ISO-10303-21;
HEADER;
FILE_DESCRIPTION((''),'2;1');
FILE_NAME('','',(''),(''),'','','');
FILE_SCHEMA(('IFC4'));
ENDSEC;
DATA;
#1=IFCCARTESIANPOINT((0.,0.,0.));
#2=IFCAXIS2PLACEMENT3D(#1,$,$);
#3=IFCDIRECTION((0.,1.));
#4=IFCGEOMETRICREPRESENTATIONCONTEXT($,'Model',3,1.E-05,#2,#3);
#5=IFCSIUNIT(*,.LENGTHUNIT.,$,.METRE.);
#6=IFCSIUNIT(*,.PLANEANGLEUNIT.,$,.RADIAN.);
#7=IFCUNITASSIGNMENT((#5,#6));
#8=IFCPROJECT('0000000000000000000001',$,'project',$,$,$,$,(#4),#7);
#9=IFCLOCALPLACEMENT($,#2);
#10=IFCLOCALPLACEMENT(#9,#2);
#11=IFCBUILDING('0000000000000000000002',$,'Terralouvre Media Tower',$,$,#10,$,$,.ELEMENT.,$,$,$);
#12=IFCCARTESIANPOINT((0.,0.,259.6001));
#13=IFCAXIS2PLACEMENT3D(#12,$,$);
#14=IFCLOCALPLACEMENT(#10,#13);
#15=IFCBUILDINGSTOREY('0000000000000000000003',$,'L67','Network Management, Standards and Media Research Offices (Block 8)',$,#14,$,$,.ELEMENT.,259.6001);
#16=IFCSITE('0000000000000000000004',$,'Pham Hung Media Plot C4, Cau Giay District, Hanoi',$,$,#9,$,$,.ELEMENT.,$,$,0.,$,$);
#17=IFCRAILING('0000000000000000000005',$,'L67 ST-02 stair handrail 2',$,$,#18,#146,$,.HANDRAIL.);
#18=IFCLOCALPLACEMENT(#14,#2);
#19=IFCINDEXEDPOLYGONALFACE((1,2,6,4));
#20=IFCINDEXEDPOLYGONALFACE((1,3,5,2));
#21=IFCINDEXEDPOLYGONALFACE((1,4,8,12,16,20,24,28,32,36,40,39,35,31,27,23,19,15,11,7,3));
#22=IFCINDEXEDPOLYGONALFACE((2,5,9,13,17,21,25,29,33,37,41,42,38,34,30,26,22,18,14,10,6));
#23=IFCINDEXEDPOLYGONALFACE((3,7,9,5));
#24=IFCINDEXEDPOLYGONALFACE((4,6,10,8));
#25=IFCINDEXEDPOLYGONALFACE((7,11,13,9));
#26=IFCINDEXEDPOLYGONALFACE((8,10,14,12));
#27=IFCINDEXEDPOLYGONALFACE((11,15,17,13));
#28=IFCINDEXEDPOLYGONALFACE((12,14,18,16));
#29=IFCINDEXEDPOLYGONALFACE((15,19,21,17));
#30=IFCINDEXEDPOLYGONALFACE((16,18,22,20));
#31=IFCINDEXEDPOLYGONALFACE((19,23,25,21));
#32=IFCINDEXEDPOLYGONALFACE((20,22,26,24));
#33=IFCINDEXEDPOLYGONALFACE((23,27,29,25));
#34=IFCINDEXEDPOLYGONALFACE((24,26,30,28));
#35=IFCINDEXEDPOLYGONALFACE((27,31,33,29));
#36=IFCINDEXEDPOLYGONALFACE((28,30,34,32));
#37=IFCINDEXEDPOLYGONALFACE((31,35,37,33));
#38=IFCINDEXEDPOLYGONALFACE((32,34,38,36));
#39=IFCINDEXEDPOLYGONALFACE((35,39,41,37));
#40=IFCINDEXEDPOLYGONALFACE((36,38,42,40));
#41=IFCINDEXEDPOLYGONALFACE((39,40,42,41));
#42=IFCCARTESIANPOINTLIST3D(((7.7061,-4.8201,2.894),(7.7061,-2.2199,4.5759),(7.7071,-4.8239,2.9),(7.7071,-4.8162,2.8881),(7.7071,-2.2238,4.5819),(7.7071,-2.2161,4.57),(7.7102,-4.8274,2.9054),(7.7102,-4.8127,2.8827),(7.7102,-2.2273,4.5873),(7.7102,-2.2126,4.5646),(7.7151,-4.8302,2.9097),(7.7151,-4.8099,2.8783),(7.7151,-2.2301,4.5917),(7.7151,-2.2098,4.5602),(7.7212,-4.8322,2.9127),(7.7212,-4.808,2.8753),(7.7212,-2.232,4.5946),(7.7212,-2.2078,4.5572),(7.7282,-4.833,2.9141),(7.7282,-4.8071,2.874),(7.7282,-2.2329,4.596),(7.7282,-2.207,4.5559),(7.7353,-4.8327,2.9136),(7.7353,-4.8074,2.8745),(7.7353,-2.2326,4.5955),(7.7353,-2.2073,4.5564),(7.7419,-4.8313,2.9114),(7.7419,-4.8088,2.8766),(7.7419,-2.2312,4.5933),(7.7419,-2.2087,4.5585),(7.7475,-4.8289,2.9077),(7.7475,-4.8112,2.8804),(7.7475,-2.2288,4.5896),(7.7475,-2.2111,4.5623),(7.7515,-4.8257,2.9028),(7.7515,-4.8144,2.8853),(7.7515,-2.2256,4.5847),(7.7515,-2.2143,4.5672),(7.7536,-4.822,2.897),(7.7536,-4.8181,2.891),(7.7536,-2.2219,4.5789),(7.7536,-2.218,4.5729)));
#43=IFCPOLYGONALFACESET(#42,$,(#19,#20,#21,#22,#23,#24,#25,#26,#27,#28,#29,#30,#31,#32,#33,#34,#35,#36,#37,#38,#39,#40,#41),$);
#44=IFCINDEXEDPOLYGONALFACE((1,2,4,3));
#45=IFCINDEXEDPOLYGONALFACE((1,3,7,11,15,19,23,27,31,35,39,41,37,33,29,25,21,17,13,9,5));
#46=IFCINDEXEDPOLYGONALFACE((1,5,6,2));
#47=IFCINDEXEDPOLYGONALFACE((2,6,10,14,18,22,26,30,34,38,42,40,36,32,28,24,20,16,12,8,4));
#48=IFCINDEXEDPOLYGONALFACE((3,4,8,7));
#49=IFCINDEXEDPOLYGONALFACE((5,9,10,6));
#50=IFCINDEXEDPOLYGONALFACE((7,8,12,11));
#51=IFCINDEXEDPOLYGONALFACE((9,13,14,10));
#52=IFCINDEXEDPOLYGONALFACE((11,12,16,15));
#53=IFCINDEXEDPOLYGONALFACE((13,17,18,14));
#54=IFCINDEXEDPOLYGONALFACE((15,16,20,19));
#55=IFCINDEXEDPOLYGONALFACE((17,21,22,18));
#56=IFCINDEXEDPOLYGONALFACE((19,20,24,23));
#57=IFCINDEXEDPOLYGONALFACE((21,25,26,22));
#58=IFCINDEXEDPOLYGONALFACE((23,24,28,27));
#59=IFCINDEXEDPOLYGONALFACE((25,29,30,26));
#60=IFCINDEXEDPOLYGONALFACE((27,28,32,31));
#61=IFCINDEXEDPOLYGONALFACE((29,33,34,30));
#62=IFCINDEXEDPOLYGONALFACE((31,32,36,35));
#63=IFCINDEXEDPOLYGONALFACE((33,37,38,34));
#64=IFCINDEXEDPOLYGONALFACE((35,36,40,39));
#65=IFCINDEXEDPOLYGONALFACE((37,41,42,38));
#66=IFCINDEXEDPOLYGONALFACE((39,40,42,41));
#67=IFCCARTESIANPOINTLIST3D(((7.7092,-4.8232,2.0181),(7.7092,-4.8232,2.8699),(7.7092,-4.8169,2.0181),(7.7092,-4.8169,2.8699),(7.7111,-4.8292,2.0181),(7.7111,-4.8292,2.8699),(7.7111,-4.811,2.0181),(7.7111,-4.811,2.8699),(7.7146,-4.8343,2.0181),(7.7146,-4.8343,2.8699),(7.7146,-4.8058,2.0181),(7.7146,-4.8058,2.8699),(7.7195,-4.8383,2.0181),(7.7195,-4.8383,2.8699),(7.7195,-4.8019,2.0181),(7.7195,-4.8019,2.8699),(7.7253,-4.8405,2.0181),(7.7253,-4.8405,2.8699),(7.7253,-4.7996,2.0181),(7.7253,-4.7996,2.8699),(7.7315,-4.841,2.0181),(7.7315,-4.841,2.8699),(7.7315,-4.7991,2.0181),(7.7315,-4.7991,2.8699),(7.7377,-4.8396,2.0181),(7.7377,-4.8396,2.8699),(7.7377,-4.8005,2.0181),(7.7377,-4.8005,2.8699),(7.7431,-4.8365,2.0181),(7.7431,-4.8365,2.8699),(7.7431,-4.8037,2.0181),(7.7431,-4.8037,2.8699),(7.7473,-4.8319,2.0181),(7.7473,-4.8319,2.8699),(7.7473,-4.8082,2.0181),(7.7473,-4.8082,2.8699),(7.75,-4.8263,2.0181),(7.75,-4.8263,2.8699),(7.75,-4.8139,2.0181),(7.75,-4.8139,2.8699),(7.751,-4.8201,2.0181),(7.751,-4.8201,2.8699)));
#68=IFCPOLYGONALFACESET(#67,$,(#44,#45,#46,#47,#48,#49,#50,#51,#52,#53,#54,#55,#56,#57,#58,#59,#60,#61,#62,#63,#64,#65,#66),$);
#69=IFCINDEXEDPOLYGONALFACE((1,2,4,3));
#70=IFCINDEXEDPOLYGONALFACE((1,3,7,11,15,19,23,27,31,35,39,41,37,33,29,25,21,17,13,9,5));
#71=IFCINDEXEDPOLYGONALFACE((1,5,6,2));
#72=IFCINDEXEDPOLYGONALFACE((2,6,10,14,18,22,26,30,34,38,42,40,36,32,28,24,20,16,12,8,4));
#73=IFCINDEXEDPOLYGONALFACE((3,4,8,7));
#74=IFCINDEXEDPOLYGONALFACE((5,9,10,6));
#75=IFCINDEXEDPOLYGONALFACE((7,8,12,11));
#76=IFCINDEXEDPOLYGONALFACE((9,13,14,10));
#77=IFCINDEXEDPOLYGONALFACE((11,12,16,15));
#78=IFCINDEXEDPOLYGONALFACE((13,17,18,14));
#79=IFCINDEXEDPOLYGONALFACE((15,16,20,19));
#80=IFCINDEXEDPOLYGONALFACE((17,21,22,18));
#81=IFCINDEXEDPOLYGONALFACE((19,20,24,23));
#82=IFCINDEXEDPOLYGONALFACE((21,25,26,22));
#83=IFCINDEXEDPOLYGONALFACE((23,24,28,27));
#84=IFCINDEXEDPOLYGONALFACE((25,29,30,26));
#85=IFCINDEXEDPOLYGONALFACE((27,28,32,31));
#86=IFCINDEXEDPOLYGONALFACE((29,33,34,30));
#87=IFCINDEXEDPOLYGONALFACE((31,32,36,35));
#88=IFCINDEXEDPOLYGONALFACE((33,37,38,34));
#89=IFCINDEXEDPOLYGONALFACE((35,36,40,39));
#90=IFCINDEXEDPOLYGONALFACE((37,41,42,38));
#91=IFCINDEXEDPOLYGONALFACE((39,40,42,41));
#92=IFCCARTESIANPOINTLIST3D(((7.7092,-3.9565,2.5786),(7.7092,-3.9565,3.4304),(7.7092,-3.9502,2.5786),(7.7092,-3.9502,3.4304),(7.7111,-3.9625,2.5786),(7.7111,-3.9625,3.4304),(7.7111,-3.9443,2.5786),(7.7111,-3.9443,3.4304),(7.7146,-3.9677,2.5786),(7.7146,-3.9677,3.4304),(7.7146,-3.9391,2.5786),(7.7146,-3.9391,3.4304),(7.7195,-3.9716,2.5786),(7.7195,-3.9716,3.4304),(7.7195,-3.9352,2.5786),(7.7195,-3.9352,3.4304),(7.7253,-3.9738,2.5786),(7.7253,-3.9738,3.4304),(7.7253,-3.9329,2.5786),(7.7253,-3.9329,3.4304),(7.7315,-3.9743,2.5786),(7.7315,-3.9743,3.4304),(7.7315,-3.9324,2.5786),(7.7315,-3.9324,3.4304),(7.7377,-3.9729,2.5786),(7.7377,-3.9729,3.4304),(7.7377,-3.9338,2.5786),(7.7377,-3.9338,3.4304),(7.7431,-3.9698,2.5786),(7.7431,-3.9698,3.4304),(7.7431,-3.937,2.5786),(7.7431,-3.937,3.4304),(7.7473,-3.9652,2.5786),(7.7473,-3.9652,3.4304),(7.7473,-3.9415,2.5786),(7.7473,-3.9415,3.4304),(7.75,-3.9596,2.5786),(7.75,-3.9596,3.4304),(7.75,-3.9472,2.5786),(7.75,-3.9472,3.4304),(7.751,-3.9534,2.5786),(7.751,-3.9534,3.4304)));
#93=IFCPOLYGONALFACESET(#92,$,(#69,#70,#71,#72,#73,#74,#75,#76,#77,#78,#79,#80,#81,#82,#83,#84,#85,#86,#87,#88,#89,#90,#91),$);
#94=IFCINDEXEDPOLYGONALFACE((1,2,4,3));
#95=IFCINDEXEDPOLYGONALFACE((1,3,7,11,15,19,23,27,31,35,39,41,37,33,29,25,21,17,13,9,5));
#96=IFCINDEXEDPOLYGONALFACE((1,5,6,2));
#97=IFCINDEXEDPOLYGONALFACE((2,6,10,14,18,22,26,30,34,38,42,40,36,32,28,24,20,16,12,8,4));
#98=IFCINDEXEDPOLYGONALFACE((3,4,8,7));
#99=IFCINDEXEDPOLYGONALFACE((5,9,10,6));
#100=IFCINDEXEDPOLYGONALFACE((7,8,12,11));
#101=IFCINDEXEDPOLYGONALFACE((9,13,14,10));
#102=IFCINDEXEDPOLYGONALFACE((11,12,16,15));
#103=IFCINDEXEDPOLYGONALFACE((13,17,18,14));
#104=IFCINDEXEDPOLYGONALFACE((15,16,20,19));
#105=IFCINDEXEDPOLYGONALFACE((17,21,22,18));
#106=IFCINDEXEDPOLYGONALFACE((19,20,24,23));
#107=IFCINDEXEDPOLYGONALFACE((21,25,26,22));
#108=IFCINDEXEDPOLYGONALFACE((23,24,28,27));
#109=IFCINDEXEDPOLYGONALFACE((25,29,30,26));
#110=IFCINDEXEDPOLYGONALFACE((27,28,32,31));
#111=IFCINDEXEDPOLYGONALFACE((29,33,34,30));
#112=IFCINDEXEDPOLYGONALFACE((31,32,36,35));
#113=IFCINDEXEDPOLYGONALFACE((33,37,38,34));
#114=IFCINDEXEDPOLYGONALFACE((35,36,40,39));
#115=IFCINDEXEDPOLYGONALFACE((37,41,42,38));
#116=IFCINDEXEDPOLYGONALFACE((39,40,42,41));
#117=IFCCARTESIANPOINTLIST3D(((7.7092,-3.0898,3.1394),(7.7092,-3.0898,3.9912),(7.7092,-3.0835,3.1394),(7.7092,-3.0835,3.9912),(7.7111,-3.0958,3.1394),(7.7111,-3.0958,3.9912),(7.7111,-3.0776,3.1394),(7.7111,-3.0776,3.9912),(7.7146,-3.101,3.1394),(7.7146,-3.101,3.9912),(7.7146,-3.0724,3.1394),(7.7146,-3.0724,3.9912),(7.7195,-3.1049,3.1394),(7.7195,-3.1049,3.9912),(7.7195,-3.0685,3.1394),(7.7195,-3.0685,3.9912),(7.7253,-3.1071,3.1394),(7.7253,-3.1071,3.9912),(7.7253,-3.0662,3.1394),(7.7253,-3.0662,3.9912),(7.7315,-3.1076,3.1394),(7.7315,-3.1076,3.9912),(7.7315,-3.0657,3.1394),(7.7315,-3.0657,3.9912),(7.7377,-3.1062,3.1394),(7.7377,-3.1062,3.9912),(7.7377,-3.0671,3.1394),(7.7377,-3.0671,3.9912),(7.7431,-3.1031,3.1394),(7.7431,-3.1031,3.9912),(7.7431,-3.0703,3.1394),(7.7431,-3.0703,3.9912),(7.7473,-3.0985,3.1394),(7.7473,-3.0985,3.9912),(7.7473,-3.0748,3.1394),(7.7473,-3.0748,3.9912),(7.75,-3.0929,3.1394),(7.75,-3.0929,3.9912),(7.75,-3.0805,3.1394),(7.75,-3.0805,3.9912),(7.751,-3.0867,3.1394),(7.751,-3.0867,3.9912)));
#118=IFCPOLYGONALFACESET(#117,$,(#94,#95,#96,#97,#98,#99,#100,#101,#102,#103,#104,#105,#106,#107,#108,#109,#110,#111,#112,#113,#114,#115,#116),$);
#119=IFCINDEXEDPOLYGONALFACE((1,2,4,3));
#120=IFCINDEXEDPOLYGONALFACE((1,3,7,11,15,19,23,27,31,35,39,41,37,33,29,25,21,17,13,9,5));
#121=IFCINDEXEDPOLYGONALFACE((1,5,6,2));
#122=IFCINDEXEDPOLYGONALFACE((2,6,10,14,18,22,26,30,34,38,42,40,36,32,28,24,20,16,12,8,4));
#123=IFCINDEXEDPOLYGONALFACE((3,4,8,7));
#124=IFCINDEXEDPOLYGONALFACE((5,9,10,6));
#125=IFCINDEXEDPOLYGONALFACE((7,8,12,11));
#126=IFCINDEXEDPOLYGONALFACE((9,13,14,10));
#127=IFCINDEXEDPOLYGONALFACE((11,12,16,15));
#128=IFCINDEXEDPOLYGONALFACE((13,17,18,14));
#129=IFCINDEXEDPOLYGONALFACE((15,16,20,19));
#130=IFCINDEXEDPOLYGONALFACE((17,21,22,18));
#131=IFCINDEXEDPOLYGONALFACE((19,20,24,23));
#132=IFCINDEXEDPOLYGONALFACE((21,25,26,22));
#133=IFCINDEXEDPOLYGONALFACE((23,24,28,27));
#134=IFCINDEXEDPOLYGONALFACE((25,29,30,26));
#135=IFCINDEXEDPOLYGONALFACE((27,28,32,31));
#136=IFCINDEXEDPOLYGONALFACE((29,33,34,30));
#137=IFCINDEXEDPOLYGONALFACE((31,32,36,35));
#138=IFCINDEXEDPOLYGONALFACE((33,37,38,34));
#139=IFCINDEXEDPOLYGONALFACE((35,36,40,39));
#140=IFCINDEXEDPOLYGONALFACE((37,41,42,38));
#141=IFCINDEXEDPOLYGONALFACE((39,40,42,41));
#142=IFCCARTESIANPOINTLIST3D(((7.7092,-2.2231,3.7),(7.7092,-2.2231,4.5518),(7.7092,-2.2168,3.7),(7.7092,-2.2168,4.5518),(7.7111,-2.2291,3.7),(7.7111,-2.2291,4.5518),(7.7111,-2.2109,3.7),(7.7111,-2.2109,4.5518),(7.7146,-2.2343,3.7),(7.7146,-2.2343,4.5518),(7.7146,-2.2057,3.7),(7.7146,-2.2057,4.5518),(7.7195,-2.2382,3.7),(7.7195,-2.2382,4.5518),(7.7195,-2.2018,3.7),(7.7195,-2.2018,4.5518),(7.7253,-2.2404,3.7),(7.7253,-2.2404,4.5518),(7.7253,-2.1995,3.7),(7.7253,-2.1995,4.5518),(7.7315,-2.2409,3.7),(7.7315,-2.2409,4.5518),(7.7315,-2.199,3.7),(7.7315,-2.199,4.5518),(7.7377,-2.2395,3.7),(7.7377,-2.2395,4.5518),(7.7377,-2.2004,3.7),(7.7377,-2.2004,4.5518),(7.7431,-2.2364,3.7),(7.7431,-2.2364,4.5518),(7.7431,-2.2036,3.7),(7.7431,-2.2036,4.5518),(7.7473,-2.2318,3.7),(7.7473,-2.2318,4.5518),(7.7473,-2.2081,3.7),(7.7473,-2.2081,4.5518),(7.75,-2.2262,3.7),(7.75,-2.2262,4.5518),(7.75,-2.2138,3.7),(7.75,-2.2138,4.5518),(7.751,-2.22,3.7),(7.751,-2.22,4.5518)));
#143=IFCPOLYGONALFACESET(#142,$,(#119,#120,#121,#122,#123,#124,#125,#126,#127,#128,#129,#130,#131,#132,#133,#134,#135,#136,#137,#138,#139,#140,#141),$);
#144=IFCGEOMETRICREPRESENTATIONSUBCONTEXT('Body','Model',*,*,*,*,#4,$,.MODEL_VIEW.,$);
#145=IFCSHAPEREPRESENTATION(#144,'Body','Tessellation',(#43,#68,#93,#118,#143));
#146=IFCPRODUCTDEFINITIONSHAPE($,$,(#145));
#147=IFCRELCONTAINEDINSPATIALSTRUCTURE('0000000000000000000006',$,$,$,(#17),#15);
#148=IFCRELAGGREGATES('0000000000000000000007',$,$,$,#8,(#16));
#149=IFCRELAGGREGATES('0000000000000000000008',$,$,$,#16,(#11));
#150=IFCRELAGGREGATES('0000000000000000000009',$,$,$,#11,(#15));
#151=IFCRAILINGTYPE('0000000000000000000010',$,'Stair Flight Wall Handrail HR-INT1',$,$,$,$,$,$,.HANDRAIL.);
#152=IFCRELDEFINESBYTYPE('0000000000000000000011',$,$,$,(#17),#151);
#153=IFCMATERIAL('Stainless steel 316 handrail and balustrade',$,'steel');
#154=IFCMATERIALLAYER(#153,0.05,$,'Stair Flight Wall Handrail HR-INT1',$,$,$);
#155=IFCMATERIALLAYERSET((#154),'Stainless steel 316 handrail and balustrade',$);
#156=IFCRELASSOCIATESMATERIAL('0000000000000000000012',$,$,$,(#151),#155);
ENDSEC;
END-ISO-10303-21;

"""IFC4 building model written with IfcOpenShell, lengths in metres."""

from ifc_helpers import new_model, si_unit, direction, frame, origin, origin_2d, place, context, subcontext, project, spatial, circle, extrude, material, layer, layer_set, type_object, element, save


model = new_model("IFC4")

# Units and contexts
model_context = context("Model", 3, precision=1e-05, world=origin(), true_north=direction((0.0, 1.0)))
body_context = subcontext(model_context, "Body", "Model", "MODEL_VIEW")
ifc_project = project(units=[si_unit("LENGTHUNIT", "METRE"), si_unit("PLANEANGLEUNIT", "RADIAN")], contexts=[model_context])

# Site, building, storey
site_placement = place(None, origin())
site = spatial("IfcSite", under=ifc_project, at=site_placement, Name="Pham Hung Media Plot C4, Cau Giay District, Hanoi", CompositionType="ELEMENT", RefElevation=0.0)
building_placement = place(site_placement, origin())
building = spatial("IfcBuilding", under=site, at=building_placement, Name="Terralouvre Media Tower", CompositionType="ELEMENT")
storey_placement = place(building_placement, frame((0.0, 0.0, 259.6001)))
storey = spatial("IfcBuildingStorey", under=building, at=storey_placement, Name="L67", Description="Network Management, Standards and Media Research Offices (Block 8)", CompositionType="ELEMENT", Elevation=259.6001)

# Railing
ifc_material_1 = material(Name="Stainless steel 316 handrail and balustrade", Category="steel")
ifc_layer_1 = layer(ifc_material_1, 0.05, Name="Stair Flight Wall Handrail HR-INT1")
ifc_layer_set_1 = layer_set([ifc_layer_1], Name="Stainless steel 316 handrail and balustrade")
railing_type_1 = type_object("IfcRailingType", Name="Stair Flight Wall Handrail HR-INT1", PredefinedType="HANDRAIL", material=ifc_layer_set_1)
railing_1_placement = place(storey_placement, frame((7.73, -4.8201, 2.0181)))
element("IfcRailing", 1, at=railing_1_placement, inside=storey, type_object=railing_type_1, Name="L67 ST-02 stair handrail 2", PredefinedType="HANDRAIL", context=body_context, shape_type="SweptSolid", body=[
    extrude(circle(Radius=0.0239, at=origin_2d()), frame((0.0, 0.0, 0.876), z_axis=(0.0, 0.839648, 0.54313), x_axis=(-1.0, 0.0, 0.0)), (0.0, 0.0, 1.0), 3.0967),
    extrude(circle(Radius=0.021, at=origin_2d()), origin(), (0.0, 0.0, 1.0), 0.8518),
    extrude(circle(Radius=0.021, at=origin_2d()), frame((0.0, 0.8667, 0.5605)), (0.0, 0.0, 1.0), 0.8518),
    extrude(circle(Radius=0.021, at=origin_2d()), frame((0.0, 1.7334, 1.1213)), (0.0, 0.0, 1.0), 0.8518),
    extrude(circle(Radius=0.021, at=origin_2d()), frame((0.0, 2.6001, 1.6819)), (0.0, 0.0, 1.0), 0.8518),
])

save(model, "model.ifc")
